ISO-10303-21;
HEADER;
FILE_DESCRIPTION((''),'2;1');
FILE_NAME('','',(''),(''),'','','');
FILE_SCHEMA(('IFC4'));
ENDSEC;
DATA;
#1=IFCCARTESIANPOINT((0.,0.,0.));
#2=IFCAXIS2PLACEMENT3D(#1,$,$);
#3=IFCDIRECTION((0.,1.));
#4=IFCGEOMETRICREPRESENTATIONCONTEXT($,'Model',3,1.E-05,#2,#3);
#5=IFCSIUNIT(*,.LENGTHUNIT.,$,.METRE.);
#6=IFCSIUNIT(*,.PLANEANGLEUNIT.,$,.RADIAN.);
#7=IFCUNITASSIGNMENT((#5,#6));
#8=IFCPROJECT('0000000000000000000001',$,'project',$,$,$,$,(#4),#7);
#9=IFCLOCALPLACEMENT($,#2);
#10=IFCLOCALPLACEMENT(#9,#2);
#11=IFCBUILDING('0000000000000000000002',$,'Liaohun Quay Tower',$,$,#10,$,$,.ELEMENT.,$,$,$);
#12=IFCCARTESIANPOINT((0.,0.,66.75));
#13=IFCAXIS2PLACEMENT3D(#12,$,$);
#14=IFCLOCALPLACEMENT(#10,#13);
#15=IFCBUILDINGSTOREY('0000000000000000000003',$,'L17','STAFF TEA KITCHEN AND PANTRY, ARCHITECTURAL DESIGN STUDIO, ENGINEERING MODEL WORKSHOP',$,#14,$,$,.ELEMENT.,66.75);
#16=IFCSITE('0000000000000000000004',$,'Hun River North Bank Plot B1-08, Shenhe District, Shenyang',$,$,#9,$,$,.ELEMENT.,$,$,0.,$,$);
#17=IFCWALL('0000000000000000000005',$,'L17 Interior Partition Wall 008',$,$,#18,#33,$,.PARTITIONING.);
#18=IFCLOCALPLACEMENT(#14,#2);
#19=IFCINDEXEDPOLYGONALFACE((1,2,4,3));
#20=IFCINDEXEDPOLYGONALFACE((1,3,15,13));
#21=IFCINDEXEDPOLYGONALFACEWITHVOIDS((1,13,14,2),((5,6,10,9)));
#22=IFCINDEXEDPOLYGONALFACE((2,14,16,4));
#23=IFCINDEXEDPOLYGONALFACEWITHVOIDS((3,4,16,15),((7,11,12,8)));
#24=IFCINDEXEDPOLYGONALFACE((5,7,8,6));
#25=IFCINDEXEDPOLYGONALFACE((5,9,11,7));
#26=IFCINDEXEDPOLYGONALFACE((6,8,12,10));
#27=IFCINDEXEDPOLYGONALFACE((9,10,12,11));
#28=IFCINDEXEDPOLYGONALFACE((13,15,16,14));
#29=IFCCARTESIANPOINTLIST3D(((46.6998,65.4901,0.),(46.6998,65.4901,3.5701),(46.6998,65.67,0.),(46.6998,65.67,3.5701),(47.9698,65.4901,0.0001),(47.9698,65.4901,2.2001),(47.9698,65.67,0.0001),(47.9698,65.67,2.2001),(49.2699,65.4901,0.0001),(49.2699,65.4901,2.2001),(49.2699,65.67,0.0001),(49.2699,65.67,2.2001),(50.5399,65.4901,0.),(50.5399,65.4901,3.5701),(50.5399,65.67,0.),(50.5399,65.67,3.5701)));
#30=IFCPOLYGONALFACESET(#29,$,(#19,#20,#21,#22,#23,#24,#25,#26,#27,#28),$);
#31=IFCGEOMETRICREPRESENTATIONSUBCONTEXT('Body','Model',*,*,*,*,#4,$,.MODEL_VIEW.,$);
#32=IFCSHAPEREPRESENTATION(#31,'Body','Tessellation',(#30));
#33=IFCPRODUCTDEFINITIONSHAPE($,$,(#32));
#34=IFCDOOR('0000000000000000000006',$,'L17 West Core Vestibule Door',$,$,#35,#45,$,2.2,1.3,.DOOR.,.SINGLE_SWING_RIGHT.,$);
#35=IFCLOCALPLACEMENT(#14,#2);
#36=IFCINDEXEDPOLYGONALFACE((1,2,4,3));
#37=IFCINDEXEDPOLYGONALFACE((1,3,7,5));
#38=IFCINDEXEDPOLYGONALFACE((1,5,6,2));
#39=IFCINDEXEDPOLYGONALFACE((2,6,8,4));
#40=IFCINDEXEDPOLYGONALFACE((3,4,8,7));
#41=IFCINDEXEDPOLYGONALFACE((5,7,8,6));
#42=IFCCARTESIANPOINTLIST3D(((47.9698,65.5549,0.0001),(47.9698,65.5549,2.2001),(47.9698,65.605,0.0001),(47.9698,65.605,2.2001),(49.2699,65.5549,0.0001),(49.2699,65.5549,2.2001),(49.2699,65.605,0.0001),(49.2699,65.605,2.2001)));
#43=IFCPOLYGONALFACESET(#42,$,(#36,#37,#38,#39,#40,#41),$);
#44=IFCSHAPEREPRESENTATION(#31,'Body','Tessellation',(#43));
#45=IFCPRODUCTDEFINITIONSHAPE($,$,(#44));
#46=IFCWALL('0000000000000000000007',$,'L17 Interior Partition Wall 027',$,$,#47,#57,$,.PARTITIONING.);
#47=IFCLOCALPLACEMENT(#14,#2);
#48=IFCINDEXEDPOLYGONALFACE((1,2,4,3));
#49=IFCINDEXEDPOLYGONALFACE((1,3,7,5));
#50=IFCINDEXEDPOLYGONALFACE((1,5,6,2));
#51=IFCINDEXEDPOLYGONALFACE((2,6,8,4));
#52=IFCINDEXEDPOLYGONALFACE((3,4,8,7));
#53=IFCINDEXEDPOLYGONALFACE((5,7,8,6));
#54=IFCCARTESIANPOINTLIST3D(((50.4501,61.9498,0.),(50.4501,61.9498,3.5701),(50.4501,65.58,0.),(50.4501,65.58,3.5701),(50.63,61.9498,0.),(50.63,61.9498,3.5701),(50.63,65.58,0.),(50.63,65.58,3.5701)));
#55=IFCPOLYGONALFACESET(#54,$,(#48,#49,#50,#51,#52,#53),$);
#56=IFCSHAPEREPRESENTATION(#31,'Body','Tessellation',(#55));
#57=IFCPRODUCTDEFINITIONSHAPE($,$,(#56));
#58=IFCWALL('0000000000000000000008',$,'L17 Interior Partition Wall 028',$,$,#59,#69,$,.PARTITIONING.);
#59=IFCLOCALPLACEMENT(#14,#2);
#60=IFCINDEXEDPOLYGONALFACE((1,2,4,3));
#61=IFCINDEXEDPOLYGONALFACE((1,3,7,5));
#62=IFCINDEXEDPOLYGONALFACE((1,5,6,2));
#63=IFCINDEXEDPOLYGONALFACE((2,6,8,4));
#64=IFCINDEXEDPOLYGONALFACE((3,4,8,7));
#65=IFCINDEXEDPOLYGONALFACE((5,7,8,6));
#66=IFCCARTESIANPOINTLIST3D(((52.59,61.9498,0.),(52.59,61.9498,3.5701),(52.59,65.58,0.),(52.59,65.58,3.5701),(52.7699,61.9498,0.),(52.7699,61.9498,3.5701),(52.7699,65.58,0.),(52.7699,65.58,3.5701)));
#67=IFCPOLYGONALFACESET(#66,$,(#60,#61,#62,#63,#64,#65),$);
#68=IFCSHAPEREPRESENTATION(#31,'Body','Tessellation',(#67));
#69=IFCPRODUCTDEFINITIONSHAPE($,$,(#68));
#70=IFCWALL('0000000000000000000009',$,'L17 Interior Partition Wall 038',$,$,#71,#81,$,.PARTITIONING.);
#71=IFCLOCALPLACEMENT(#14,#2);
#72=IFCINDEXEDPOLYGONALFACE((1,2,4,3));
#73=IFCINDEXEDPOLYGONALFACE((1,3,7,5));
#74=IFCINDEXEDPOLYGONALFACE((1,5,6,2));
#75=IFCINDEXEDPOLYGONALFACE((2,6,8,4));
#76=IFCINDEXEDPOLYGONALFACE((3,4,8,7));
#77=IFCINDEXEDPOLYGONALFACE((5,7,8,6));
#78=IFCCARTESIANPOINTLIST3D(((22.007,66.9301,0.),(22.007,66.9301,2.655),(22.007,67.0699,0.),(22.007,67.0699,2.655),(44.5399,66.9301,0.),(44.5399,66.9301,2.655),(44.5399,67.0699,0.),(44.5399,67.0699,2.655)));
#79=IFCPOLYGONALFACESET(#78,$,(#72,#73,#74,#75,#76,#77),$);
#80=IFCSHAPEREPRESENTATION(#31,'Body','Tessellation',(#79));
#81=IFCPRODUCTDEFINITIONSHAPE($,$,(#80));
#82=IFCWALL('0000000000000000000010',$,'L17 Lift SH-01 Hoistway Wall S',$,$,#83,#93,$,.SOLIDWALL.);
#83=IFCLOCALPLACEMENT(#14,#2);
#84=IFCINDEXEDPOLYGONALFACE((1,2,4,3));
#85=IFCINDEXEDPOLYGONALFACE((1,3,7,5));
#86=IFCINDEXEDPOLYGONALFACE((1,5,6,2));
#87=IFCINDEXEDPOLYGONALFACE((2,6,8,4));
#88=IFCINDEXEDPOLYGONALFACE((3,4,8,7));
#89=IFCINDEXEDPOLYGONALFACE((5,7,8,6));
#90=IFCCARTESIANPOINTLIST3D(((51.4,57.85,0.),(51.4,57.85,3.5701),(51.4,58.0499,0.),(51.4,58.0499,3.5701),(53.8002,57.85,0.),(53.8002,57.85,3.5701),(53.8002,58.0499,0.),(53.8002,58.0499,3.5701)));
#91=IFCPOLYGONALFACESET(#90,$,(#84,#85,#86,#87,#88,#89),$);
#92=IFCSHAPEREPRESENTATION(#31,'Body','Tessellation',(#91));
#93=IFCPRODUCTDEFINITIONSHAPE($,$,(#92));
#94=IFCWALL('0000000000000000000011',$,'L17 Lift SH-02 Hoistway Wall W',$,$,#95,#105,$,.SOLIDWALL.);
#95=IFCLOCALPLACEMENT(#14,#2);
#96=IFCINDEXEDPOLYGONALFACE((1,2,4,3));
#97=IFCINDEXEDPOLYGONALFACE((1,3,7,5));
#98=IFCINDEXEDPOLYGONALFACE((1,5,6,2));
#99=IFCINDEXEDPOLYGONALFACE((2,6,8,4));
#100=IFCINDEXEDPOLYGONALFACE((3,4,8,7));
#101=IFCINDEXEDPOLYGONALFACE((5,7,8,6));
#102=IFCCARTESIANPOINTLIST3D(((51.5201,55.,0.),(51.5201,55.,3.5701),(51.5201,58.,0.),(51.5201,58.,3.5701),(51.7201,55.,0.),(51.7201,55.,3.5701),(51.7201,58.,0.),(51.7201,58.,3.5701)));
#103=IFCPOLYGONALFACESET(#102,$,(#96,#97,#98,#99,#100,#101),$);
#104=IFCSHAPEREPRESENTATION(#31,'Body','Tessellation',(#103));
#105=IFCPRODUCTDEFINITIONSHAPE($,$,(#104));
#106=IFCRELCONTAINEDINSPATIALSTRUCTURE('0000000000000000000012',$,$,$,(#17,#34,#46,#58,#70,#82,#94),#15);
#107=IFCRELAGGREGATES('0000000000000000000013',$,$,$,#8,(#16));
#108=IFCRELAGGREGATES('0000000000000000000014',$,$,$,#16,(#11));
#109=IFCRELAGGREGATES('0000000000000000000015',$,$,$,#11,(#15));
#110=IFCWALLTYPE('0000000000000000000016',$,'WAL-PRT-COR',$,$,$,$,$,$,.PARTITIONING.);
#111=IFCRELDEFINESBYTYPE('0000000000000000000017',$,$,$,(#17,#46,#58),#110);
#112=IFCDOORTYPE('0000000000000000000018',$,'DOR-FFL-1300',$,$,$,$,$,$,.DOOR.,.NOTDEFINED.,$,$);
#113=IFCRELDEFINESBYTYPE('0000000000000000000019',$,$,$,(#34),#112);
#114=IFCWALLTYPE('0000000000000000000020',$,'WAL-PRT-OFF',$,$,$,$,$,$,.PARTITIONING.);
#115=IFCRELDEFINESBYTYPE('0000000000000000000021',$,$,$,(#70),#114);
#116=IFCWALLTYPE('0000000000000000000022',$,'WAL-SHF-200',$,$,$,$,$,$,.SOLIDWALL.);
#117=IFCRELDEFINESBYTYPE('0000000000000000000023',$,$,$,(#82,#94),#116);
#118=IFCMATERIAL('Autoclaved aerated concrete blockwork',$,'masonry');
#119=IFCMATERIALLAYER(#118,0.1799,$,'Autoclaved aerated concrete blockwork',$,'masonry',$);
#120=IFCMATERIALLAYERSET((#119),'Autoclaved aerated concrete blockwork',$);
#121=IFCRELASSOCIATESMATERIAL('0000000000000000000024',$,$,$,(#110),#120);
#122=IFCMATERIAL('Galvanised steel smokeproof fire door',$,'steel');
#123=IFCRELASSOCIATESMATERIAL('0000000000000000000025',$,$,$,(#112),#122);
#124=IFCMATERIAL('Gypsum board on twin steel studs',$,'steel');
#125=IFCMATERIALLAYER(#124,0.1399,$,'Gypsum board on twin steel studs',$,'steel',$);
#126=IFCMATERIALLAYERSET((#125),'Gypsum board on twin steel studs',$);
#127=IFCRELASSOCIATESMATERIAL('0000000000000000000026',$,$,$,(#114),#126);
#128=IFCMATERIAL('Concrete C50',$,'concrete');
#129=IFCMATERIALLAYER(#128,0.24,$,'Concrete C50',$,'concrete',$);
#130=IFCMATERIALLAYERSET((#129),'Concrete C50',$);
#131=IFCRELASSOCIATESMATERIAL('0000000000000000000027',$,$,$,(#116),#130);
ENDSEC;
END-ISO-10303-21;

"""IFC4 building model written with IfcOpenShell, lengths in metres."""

from ifc_helpers import new_model, si_unit, direction, frame, frame_2d, origin, place, context, subcontext, project, spatial, rectangle, extrude, source, transform, mapped, material, layer, layer_set, type_object, element, fill, save


model = new_model("IFC4")

# Units and contexts
model_context = context("Model", 3, precision=1e-05, world=origin(), true_north=direction((0.0, 1.0)))
body_context = subcontext(model_context, "Body", "Model", "MODEL_VIEW")
ifc_project = project(units=[si_unit("LENGTHUNIT", "METRE"), si_unit("PLANEANGLEUNIT", "RADIAN")], contexts=[model_context])

# Site, building, storey
site_placement = place(None, origin())
site = spatial("IfcSite", under=ifc_project, at=site_placement, Name="Hun River North Bank Plot B1-08, Shenhe District, Shenyang", CompositionType="ELEMENT", RefElevation=0.0)
building_placement = place(site_placement, origin())
building = spatial("IfcBuilding", under=site, at=building_placement, Name="Liaohun Quay Tower", CompositionType="ELEMENT")
storey_placement = place(building_placement, frame((0.0, 0.0, 66.75)))
storey = spatial("IfcBuildingStorey", under=building, at=storey_placement, Name="L17", Description="STAFF TEA KITCHEN AND PANTRY, ARCHITECTURAL DESIGN STUDIO, ENGINEERING MODEL WORKSHOP", CompositionType="ELEMENT", Elevation=66.75)

# Wall, opening, door
ifc_material_1 = material(Name="Autoclaved aerated concrete blockwork", Category="masonry")
ifc_layer_1 = layer(ifc_material_1, 0.1799, Name="Autoclaved aerated concrete blockwork", Category="masonry")
ifc_layer_set_1 = layer_set([ifc_layer_1], Name="Autoclaved aerated concrete blockwork")
wall_type_1 = type_object("IfcWallType", Name="WAL-PRT-COR", PredefinedType="PARTITIONING", material=ifc_layer_set_1)
wall_1_placement = place(storey_placement, frame((46.7, 65.5801, 0.0), z_axis=(0.0, 0.0, 1.0), x_axis=(1.0, 0.0, 0.0)))
wall_1 = element("IfcWall", 1, at=wall_1_placement, inside=storey, type_object=wall_type_1, Name="L17 Interior Partition Wall 008", PredefinedType="PARTITIONING", context=body_context, shape_type="SweptSolid", body=[
    extrude(rectangle(XDim=3.8401, YDim=0.1799, at=frame_2d((1.9199, 0.0))), origin(), (0.0, 0.0, 1.0), 3.5701),
])
shared_shape_1 = source(origin(), body_context, "Body", "SweptSolid", [
    extrude(rectangle(XDim=1.3, YDim=2.2, at=frame_2d((0.6499, 1.1001))), frame((0.0, 0.0999, 0.0), z_axis=(0.0, -1.0, 0.0), x_axis=(1.0, 0.0, 0.0)), (0.0, 0.0, 1.0), 0.2),
])
opening_1_placement = place(wall_1_placement, frame((1.27, 0.0, 0.0)))
opening_1 = element("IfcOpeningElement", 2, at=opening_1_placement, cuts=wall_1, PredefinedType="OPENING", context=body_context, shape_type="MappedRepresentation", body=[
    mapped(shared_shape_1, transform((0.0, 0.0, 0.0), x_axis=(1.0, 0.0, 0.0), y_axis=(0.0, 1.0, 0.0), z_axis=(0.0, 0.0, 1.0), scale=1.0)),
])
ifc_material_2 = material(Name="Galvanised steel smokeproof fire door", Category="steel")
door_type_1 = type_object("IfcDoorType", Name="DOR-FFL-1300", OperationType="NOTDEFINED", PredefinedType="DOOR", material=ifc_material_2)
shared_shape_2 = source(origin(), body_context, "Body", "SweptSolid", [
    extrude(rectangle(XDim=1.3, YDim=2.2, at=frame_2d((0.6499, 1.1001))), frame((0.0, 0.0249, 0.0), z_axis=(0.0, -1.0, 0.0), x_axis=(1.0, 0.0, 0.0)), (0.0, 0.0, 1.0), 0.05),
])
door_1_placement = place(opening_1_placement, origin())
door_1 = element("IfcDoor", 3, at=door_1_placement, inside=storey, type_object=door_type_1, Name="L17 West Core Vestibule Door", OperationType="SINGLE_SWING_RIGHT", OverallHeight=2.2, OverallWidth=1.3, PredefinedType="DOOR", context=body_context, shape_type="MappedRepresentation", body=[
    mapped(shared_shape_2, transform((0.0, 0.0, 0.0), x_axis=(1.0, 0.0, 0.0), y_axis=(0.0, 1.0, 0.0), z_axis=(0.0, 0.0, 1.0), scale=1.0)),
])
fill(opening_1, door_1)

# Walls
for number, where, z_axis, x_axis, name in (
    (4, (50.54, 61.95, 0.0), (0.0, 0.0, 1.0), (0.0, 1.0, 0.0), "L17 Interior Partition Wall 027"),
    (5, (52.6799, 61.95, 0.0), (0.0, 0.0, 1.0), (0.0, 1.0, 0.0), "L17 Interior Partition Wall 028"),
):
    element("IfcWall", number, at=place(storey_placement, frame(where, z_axis=z_axis, x_axis=x_axis)), inside=storey, type_object=wall_type_1, Name=name, PredefinedType="PARTITIONING", context=body_context, shape_type="SweptSolid", body=[
        extrude(rectangle(XDim=3.6301, YDim=0.1799, at=frame_2d((1.8149, 0.0))), origin(), (0.0, 0.0, 1.0), 3.5701),
    ])
ifc_material_3 = material(Name="Gypsum board on twin steel studs", Category="steel")
ifc_layer_2 = layer(ifc_material_3, 0.1399, Name="Gypsum board on twin steel studs", Category="steel")
ifc_layer_set_2 = layer_set([ifc_layer_2], Name="Gypsum board on twin steel studs")
wall_type_2 = type_object("IfcWallType", Name="WAL-PRT-OFF", PredefinedType="PARTITIONING", material=ifc_layer_set_2)
wall_2_placement = place(storey_placement, frame((44.54, 67.0, 0.0), z_axis=(0.0, 0.0, 1.0), x_axis=(-1.0, 0.0, 0.0)))
element("IfcWall", 6, at=wall_2_placement, inside=storey, type_object=wall_type_2, Name="L17 Interior Partition Wall 038", PredefinedType="PARTITIONING", context=body_context, shape_type="SweptSolid", body=[
    extrude(rectangle(XDim=22.533, YDim=0.1399, at=frame_2d((11.2666, 0.0))), origin(), (0.0, 0.0, 1.0), 2.655),
])
ifc_material_4 = material(Name="Concrete C50", Category="concrete")
ifc_layer_3 = layer(ifc_material_4, 0.24, Name="Concrete C50", Category="concrete")
ifc_layer_set_3 = layer_set([ifc_layer_3], Name="Concrete C50")
wall_type_3 = type_object("IfcWallType", Name="WAL-SHF-200", PredefinedType="SOLIDWALL", material=ifc_layer_set_3)
wall_3_placement = place(storey_placement, frame((51.3999, 57.95, 0.0), z_axis=(0.0, 0.0, 1.0), x_axis=(1.0, 0.0, 0.0)))
element("IfcWall", 7, at=wall_3_placement, inside=storey, type_object=wall_type_3, Name="L17 Lift SH-01 Hoistway Wall S", PredefinedType="SOLIDWALL", context=body_context, shape_type="SweptSolid", body=[
    extrude(rectangle(XDim=2.4001, YDim=0.2, at=frame_2d((1.2002, 0.0))), origin(), (0.0, 0.0, 1.0), 3.5701),
])
wall_4_placement = place(storey_placement, frame((51.6201, 58.0, 0.0), z_axis=(0.0, 0.0, 1.0), x_axis=(0.0, -1.0, 0.0)))
element("IfcWall", 8, at=wall_4_placement, inside=storey, type_object=wall_type_3, Name="L17 Lift SH-02 Hoistway Wall W", PredefinedType="SOLIDWALL", context=body_context, shape_type="SweptSolid", body=[
    extrude(rectangle(XDim=3.0, YDim=0.2, at=frame_2d((1.5, 0.0))), origin(), (0.0, 0.0, 1.0), 3.5701),
])

save(model, "model.ifc")
